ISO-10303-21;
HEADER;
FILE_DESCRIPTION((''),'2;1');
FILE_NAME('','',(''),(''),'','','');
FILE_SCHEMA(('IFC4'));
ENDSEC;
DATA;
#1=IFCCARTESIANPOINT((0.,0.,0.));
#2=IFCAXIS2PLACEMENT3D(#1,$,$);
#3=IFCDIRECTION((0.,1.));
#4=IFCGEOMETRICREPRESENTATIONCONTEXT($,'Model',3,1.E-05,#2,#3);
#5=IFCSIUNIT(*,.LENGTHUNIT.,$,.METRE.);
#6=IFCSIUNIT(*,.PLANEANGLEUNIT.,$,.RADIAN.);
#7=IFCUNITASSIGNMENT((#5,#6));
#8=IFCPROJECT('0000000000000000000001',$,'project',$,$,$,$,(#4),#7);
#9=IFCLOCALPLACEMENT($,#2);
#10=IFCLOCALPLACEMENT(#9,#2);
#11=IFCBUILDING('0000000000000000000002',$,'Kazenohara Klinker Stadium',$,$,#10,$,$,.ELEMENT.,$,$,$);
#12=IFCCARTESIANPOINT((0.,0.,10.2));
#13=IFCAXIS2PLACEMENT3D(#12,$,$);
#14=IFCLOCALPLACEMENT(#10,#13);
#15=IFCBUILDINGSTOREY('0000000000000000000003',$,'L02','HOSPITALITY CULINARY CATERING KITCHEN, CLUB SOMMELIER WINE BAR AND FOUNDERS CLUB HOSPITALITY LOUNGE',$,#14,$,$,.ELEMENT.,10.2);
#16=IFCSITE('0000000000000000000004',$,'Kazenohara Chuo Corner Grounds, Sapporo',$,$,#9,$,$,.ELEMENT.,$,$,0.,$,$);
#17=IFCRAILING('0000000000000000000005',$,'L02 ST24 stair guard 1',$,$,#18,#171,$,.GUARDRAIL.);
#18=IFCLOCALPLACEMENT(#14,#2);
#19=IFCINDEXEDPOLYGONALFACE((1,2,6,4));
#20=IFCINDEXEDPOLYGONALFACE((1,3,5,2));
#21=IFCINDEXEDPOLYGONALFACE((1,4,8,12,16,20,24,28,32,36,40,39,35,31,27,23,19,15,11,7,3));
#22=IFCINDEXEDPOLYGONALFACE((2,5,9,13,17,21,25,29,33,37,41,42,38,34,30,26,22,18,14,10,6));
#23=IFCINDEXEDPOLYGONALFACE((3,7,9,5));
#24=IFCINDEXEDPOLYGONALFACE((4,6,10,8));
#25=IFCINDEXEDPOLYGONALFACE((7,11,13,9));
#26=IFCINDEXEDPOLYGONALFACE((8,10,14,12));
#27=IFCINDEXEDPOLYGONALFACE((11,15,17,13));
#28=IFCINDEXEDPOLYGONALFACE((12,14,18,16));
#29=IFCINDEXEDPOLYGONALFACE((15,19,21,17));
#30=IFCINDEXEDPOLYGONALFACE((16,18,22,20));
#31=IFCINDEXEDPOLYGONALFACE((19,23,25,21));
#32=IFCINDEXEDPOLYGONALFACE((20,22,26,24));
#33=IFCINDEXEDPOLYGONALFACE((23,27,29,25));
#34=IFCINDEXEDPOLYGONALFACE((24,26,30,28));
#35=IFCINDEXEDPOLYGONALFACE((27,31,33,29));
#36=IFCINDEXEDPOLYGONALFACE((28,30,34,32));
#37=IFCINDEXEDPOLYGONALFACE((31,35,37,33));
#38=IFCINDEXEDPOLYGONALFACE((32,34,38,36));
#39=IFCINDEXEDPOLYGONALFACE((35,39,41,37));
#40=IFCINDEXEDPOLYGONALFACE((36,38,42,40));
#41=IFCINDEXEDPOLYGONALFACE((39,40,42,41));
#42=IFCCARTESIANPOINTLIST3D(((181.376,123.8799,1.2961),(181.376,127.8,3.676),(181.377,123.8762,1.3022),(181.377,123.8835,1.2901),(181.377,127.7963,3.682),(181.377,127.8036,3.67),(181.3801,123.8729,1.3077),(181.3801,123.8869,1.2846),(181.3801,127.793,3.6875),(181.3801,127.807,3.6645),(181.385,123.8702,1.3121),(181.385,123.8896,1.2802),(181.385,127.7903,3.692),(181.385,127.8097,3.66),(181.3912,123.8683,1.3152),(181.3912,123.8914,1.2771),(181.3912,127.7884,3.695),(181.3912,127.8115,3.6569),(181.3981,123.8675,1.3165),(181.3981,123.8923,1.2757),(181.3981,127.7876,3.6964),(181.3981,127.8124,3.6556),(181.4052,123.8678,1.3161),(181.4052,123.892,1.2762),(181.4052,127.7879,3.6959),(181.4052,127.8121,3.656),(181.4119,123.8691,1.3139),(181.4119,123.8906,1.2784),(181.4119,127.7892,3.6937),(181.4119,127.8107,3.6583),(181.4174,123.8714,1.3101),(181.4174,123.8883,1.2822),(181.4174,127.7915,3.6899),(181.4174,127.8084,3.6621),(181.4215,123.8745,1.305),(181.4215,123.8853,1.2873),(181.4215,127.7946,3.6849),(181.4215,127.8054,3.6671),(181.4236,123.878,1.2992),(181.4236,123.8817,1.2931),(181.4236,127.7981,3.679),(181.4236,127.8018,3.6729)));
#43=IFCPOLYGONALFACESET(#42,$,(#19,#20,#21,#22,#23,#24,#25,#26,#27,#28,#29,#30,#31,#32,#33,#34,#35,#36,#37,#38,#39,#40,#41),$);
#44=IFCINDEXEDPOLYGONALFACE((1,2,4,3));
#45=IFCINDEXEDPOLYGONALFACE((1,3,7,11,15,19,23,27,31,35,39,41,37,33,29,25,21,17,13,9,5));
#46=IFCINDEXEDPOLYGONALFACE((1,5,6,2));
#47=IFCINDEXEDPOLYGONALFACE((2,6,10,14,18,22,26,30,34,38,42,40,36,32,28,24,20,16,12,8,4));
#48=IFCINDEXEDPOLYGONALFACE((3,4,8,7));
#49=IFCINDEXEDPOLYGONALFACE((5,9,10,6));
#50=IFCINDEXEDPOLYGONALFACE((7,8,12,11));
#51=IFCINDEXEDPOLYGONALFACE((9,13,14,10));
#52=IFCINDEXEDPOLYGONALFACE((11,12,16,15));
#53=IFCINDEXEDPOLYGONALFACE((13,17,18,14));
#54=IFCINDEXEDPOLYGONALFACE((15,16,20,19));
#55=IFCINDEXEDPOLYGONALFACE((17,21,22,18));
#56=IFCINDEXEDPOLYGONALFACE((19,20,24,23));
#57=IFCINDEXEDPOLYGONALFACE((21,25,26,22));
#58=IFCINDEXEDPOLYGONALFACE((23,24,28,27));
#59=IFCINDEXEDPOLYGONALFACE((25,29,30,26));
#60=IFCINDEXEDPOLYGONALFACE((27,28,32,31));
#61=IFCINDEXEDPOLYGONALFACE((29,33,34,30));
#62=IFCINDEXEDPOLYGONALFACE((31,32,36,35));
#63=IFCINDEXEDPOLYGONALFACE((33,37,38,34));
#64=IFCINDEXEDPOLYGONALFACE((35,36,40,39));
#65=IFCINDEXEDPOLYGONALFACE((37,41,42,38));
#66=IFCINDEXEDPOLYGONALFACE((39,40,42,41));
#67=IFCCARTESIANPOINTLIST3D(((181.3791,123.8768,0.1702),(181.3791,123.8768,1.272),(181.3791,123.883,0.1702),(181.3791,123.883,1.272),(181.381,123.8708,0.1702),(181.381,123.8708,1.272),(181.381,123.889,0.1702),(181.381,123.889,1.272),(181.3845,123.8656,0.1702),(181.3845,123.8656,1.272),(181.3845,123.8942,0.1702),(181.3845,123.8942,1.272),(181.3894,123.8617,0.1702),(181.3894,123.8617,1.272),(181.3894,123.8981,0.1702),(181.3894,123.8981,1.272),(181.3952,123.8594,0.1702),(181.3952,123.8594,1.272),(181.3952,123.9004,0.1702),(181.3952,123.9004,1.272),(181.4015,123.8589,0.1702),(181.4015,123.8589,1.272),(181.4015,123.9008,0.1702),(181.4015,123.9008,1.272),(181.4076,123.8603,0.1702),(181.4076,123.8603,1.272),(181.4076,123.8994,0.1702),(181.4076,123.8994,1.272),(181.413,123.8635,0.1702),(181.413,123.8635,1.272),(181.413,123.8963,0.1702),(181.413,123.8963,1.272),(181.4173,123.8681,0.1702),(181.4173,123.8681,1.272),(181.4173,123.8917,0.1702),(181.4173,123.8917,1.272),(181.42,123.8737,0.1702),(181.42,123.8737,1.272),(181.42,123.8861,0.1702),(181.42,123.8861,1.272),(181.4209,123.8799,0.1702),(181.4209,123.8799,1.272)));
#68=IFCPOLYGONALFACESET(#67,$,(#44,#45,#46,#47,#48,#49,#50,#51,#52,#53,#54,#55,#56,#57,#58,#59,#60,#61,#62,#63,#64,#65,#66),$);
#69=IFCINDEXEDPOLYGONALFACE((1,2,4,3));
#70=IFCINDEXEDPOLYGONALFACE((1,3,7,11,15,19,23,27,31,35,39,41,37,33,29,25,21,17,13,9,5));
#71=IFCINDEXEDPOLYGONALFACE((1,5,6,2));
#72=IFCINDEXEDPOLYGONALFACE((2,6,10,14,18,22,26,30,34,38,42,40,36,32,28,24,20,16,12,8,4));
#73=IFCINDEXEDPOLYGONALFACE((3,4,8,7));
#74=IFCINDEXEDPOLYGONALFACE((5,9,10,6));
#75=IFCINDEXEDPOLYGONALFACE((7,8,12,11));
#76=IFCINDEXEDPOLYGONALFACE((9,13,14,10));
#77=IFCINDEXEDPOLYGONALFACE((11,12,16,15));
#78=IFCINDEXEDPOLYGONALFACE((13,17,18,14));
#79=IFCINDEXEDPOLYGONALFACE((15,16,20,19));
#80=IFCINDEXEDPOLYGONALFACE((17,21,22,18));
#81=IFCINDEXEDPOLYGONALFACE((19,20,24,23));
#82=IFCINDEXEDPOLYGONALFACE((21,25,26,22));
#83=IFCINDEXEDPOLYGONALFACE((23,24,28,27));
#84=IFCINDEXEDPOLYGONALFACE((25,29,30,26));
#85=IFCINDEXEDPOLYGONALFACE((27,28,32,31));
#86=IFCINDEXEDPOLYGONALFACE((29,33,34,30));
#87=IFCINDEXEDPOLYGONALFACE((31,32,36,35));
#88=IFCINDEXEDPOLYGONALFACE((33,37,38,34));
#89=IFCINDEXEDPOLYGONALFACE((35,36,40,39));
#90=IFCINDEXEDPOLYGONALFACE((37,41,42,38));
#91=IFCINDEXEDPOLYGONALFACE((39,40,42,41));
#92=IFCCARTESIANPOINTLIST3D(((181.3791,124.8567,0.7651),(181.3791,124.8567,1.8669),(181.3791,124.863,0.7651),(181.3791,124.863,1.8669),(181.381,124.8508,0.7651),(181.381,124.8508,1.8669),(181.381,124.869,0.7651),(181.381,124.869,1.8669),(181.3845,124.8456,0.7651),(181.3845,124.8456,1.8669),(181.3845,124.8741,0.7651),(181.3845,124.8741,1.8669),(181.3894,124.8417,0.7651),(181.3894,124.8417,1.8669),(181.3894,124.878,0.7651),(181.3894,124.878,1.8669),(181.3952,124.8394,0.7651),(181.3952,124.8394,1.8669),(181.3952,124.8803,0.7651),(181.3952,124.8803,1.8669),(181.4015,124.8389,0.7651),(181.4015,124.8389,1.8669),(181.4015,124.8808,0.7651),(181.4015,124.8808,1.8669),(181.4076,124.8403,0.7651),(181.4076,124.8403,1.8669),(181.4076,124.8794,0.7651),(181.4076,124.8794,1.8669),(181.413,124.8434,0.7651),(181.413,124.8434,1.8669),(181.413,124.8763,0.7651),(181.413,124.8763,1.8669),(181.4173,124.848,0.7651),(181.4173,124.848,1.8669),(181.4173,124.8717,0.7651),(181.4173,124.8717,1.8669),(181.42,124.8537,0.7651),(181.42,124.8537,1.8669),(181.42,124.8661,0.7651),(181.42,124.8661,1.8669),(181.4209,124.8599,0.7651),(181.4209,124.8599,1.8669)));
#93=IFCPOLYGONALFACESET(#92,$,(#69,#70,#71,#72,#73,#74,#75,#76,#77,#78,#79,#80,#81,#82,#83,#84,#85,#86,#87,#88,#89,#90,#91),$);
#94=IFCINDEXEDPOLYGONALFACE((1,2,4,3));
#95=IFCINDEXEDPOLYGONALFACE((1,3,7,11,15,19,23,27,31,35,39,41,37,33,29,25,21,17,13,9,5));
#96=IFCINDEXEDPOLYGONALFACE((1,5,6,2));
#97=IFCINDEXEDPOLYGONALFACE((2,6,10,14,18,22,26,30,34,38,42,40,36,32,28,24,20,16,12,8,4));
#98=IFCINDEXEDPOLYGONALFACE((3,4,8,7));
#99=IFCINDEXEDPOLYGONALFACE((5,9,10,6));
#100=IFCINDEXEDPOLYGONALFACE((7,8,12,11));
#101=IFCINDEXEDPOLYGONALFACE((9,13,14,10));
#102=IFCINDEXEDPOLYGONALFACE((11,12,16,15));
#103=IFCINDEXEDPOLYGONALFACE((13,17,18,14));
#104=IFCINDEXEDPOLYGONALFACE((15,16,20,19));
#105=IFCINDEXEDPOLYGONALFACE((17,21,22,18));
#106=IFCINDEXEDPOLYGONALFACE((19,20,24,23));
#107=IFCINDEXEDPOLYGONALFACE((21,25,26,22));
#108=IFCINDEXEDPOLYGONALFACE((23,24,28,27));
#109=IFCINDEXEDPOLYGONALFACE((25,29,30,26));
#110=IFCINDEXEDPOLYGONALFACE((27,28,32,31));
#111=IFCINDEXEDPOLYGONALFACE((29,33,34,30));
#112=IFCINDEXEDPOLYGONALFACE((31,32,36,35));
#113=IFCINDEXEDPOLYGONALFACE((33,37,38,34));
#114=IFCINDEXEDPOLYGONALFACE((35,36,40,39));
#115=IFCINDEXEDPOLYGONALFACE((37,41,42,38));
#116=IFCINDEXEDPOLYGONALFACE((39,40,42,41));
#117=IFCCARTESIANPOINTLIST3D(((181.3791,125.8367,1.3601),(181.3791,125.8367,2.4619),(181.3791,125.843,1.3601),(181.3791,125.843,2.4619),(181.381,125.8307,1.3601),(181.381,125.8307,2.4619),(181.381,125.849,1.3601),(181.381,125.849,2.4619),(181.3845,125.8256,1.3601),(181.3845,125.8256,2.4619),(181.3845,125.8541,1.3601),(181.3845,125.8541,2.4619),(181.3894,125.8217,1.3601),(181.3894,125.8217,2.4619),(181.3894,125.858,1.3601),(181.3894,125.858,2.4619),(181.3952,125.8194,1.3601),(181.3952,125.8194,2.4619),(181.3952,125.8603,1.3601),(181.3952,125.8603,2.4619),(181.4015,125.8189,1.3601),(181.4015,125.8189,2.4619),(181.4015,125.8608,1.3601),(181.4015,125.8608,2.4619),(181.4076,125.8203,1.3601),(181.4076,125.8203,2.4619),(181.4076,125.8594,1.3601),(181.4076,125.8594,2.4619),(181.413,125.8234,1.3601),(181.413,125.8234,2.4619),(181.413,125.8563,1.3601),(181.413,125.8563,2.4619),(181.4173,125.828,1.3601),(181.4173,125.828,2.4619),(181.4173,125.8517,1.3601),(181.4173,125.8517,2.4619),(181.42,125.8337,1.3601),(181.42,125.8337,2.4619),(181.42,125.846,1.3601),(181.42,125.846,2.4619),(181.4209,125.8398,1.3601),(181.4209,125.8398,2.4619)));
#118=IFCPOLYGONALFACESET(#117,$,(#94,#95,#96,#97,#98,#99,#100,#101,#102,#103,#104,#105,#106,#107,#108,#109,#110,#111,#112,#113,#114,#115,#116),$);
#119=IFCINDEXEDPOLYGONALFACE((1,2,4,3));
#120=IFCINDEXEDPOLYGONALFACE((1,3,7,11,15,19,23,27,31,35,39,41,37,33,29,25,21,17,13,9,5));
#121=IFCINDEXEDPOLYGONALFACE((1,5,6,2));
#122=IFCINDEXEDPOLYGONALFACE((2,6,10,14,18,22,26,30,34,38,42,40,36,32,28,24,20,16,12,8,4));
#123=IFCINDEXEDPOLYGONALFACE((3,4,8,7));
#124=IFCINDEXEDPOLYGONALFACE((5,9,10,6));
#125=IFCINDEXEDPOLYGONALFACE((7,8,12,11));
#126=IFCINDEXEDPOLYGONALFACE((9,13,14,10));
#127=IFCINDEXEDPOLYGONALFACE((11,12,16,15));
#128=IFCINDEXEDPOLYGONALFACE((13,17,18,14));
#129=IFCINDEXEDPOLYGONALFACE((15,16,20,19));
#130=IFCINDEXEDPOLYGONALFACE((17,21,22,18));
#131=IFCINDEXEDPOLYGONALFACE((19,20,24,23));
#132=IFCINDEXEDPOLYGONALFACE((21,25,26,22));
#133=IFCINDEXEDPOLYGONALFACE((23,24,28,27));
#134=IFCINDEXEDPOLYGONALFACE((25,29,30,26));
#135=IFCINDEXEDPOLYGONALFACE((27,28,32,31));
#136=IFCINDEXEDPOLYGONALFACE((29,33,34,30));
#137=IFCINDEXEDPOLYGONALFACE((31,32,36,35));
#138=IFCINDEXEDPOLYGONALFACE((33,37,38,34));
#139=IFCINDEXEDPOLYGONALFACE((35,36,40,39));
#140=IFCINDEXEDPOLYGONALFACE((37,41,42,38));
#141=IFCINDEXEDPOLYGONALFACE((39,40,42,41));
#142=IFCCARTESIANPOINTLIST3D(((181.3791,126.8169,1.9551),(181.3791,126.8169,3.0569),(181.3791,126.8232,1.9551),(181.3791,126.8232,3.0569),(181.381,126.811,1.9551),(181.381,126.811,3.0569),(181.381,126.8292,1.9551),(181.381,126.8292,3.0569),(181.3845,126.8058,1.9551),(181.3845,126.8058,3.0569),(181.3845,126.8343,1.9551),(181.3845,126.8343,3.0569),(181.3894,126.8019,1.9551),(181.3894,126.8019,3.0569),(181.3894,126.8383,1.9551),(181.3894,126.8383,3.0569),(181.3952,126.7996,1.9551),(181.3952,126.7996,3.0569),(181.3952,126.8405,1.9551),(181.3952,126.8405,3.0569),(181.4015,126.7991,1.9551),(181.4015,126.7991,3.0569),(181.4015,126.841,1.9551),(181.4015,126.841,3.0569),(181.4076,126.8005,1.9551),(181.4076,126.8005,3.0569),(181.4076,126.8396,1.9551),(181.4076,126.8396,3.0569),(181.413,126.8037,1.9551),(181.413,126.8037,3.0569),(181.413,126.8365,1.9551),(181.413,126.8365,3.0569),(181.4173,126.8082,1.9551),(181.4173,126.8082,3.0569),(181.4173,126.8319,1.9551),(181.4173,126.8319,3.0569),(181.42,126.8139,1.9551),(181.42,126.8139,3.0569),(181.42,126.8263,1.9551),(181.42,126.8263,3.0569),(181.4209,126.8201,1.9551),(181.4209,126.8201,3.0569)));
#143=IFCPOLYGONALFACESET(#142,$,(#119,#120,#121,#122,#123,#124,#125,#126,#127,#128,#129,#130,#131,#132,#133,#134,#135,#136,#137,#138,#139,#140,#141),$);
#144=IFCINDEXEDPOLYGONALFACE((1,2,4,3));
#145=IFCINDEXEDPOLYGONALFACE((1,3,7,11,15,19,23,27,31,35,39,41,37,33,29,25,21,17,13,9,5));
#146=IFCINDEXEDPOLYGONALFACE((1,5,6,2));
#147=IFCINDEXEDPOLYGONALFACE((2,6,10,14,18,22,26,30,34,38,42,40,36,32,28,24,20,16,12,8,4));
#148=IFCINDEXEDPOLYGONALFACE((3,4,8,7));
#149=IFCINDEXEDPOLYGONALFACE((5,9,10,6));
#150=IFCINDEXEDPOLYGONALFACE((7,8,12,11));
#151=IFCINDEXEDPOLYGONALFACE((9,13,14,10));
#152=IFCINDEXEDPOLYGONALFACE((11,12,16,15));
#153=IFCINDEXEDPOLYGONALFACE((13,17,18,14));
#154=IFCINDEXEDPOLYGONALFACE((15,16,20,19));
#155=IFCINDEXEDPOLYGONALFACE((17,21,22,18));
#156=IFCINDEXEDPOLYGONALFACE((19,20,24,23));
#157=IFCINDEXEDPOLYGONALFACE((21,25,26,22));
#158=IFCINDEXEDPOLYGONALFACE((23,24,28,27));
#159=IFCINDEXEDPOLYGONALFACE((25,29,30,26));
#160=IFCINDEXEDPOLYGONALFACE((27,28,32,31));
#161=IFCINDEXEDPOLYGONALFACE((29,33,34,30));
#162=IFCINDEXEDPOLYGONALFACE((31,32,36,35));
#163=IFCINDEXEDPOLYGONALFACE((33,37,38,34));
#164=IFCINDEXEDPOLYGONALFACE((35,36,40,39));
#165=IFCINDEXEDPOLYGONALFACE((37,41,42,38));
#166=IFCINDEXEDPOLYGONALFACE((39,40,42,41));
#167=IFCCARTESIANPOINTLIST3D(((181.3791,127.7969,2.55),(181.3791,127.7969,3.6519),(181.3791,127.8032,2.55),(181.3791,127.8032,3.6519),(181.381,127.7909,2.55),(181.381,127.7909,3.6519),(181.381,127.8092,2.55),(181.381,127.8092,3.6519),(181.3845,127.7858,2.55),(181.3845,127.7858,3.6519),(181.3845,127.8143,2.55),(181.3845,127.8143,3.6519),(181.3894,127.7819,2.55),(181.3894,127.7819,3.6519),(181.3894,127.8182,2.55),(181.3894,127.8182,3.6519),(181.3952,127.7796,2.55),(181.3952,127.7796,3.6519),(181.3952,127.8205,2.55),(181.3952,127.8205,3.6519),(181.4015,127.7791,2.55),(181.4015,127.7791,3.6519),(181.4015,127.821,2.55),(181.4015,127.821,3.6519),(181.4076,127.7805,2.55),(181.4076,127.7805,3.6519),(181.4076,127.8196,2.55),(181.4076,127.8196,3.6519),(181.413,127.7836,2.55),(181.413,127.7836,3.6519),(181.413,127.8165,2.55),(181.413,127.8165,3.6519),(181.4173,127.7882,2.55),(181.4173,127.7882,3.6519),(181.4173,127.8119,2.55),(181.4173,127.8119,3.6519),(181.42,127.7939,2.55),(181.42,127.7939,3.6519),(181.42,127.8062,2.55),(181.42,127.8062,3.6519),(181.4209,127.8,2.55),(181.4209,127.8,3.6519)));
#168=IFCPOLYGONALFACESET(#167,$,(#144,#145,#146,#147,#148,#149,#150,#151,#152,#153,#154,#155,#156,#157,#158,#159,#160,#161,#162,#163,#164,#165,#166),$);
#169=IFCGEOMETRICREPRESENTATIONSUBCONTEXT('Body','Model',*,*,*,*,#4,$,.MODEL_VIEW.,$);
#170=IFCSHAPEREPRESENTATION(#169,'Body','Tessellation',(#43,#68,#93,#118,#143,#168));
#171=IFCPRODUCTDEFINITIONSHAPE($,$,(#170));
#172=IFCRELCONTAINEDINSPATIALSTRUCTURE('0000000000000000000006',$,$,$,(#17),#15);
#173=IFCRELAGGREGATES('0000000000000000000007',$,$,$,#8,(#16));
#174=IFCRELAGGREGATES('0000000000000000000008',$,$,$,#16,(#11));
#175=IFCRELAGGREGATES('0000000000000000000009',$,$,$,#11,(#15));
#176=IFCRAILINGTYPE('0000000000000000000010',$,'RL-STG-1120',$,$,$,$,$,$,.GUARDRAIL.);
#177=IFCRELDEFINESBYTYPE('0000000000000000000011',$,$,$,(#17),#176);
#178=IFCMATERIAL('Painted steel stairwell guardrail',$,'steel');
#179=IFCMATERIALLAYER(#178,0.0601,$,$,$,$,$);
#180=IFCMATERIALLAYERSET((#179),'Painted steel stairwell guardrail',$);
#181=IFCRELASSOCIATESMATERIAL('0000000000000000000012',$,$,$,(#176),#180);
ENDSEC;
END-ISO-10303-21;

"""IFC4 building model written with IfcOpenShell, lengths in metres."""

from ifc_helpers import new_model, si_unit, direction, frame, origin, origin_2d, place, context, subcontext, project, spatial, circle, extrude, material, layer, layer_set, type_object, element, save


model = new_model("IFC4")

# Units and contexts
model_context = context("Model", 3, precision=1e-05, world=origin(), true_north=direction((0.0, 1.0)))
body_context = subcontext(model_context, "Body", "Model", "MODEL_VIEW")
ifc_project = project(units=[si_unit("LENGTHUNIT", "METRE"), si_unit("PLANEANGLEUNIT", "RADIAN")], contexts=[model_context])

# Site, building, storey
site_placement = place(None, origin())
site = spatial("IfcSite", under=ifc_project, at=site_placement, Name="Kazenohara Chuo Corner Grounds, Sapporo", CompositionType="ELEMENT", RefElevation=0.0)
building_placement = place(site_placement, origin())
building = spatial("IfcBuilding", under=site, at=building_placement, Name="Kazenohara Klinker Stadium", CompositionType="ELEMENT")
storey_placement = place(building_placement, frame((0.0, 0.0, 10.2)))
storey = spatial("IfcBuildingStorey", under=building, at=storey_placement, Name="L02", Description="HOSPITALITY CULINARY CATERING KITCHEN, CLUB SOMMELIER WINE BAR AND FOUNDERS CLUB HOSPITALITY LOUNGE", CompositionType="ELEMENT", Elevation=10.2)

# Railing
ifc_material_1 = material(Name="Painted steel stairwell guardrail", Category="steel")
ifc_layer_1 = layer(ifc_material_1, 0.0601)
ifc_layer_set_1 = layer_set([ifc_layer_1], Name="Painted steel stairwell guardrail")
railing_type_1 = type_object("IfcRailingType", Name="RL-STG-1120", PredefinedType="GUARDRAIL", material=ifc_layer_set_1)
railing_1_placement = place(storey_placement, frame((181.3999, 123.8799, 0.1702)))
element("IfcRailing", 1, at=railing_1_placement, inside=storey, type_object=railing_type_1, Name="L02 ST24 stair guard 1", PredefinedType="GUARDRAIL", context=body_context, shape_type="SweptSolid", body=[
    extrude(circle(Radius=0.0239, at=origin_2d()), frame((0.0, 0.0, 1.126), z_axis=(0.0, 0.854809, 0.518943), x_axis=(-1.0, 0.0, 0.0)), (0.0, 0.0, 1.0), 4.5859),
    extrude(circle(Radius=0.021, at=origin_2d()), origin(), (0.0, 0.0, 1.0), 1.1018),
    extrude(circle(Radius=0.021, at=origin_2d()), frame((0.0, 0.98, 0.595)), (0.0, 0.0, 1.0), 1.1018),
    extrude(circle(Radius=0.021, at=origin_2d()), frame((0.0, 1.96, 1.1899)), (0.0, 0.0, 1.0), 1.1018),
    extrude(circle(Radius=0.021, at=origin_2d()), frame((0.0, 2.9402, 1.7849)), (0.0, 0.0, 1.0), 1.1018),
    extrude(circle(Radius=0.021, at=origin_2d()), frame((0.0, 3.9202, 2.3799)), (0.0, 0.0, 1.0), 1.1018),
])

save(model, "model.ifc")
